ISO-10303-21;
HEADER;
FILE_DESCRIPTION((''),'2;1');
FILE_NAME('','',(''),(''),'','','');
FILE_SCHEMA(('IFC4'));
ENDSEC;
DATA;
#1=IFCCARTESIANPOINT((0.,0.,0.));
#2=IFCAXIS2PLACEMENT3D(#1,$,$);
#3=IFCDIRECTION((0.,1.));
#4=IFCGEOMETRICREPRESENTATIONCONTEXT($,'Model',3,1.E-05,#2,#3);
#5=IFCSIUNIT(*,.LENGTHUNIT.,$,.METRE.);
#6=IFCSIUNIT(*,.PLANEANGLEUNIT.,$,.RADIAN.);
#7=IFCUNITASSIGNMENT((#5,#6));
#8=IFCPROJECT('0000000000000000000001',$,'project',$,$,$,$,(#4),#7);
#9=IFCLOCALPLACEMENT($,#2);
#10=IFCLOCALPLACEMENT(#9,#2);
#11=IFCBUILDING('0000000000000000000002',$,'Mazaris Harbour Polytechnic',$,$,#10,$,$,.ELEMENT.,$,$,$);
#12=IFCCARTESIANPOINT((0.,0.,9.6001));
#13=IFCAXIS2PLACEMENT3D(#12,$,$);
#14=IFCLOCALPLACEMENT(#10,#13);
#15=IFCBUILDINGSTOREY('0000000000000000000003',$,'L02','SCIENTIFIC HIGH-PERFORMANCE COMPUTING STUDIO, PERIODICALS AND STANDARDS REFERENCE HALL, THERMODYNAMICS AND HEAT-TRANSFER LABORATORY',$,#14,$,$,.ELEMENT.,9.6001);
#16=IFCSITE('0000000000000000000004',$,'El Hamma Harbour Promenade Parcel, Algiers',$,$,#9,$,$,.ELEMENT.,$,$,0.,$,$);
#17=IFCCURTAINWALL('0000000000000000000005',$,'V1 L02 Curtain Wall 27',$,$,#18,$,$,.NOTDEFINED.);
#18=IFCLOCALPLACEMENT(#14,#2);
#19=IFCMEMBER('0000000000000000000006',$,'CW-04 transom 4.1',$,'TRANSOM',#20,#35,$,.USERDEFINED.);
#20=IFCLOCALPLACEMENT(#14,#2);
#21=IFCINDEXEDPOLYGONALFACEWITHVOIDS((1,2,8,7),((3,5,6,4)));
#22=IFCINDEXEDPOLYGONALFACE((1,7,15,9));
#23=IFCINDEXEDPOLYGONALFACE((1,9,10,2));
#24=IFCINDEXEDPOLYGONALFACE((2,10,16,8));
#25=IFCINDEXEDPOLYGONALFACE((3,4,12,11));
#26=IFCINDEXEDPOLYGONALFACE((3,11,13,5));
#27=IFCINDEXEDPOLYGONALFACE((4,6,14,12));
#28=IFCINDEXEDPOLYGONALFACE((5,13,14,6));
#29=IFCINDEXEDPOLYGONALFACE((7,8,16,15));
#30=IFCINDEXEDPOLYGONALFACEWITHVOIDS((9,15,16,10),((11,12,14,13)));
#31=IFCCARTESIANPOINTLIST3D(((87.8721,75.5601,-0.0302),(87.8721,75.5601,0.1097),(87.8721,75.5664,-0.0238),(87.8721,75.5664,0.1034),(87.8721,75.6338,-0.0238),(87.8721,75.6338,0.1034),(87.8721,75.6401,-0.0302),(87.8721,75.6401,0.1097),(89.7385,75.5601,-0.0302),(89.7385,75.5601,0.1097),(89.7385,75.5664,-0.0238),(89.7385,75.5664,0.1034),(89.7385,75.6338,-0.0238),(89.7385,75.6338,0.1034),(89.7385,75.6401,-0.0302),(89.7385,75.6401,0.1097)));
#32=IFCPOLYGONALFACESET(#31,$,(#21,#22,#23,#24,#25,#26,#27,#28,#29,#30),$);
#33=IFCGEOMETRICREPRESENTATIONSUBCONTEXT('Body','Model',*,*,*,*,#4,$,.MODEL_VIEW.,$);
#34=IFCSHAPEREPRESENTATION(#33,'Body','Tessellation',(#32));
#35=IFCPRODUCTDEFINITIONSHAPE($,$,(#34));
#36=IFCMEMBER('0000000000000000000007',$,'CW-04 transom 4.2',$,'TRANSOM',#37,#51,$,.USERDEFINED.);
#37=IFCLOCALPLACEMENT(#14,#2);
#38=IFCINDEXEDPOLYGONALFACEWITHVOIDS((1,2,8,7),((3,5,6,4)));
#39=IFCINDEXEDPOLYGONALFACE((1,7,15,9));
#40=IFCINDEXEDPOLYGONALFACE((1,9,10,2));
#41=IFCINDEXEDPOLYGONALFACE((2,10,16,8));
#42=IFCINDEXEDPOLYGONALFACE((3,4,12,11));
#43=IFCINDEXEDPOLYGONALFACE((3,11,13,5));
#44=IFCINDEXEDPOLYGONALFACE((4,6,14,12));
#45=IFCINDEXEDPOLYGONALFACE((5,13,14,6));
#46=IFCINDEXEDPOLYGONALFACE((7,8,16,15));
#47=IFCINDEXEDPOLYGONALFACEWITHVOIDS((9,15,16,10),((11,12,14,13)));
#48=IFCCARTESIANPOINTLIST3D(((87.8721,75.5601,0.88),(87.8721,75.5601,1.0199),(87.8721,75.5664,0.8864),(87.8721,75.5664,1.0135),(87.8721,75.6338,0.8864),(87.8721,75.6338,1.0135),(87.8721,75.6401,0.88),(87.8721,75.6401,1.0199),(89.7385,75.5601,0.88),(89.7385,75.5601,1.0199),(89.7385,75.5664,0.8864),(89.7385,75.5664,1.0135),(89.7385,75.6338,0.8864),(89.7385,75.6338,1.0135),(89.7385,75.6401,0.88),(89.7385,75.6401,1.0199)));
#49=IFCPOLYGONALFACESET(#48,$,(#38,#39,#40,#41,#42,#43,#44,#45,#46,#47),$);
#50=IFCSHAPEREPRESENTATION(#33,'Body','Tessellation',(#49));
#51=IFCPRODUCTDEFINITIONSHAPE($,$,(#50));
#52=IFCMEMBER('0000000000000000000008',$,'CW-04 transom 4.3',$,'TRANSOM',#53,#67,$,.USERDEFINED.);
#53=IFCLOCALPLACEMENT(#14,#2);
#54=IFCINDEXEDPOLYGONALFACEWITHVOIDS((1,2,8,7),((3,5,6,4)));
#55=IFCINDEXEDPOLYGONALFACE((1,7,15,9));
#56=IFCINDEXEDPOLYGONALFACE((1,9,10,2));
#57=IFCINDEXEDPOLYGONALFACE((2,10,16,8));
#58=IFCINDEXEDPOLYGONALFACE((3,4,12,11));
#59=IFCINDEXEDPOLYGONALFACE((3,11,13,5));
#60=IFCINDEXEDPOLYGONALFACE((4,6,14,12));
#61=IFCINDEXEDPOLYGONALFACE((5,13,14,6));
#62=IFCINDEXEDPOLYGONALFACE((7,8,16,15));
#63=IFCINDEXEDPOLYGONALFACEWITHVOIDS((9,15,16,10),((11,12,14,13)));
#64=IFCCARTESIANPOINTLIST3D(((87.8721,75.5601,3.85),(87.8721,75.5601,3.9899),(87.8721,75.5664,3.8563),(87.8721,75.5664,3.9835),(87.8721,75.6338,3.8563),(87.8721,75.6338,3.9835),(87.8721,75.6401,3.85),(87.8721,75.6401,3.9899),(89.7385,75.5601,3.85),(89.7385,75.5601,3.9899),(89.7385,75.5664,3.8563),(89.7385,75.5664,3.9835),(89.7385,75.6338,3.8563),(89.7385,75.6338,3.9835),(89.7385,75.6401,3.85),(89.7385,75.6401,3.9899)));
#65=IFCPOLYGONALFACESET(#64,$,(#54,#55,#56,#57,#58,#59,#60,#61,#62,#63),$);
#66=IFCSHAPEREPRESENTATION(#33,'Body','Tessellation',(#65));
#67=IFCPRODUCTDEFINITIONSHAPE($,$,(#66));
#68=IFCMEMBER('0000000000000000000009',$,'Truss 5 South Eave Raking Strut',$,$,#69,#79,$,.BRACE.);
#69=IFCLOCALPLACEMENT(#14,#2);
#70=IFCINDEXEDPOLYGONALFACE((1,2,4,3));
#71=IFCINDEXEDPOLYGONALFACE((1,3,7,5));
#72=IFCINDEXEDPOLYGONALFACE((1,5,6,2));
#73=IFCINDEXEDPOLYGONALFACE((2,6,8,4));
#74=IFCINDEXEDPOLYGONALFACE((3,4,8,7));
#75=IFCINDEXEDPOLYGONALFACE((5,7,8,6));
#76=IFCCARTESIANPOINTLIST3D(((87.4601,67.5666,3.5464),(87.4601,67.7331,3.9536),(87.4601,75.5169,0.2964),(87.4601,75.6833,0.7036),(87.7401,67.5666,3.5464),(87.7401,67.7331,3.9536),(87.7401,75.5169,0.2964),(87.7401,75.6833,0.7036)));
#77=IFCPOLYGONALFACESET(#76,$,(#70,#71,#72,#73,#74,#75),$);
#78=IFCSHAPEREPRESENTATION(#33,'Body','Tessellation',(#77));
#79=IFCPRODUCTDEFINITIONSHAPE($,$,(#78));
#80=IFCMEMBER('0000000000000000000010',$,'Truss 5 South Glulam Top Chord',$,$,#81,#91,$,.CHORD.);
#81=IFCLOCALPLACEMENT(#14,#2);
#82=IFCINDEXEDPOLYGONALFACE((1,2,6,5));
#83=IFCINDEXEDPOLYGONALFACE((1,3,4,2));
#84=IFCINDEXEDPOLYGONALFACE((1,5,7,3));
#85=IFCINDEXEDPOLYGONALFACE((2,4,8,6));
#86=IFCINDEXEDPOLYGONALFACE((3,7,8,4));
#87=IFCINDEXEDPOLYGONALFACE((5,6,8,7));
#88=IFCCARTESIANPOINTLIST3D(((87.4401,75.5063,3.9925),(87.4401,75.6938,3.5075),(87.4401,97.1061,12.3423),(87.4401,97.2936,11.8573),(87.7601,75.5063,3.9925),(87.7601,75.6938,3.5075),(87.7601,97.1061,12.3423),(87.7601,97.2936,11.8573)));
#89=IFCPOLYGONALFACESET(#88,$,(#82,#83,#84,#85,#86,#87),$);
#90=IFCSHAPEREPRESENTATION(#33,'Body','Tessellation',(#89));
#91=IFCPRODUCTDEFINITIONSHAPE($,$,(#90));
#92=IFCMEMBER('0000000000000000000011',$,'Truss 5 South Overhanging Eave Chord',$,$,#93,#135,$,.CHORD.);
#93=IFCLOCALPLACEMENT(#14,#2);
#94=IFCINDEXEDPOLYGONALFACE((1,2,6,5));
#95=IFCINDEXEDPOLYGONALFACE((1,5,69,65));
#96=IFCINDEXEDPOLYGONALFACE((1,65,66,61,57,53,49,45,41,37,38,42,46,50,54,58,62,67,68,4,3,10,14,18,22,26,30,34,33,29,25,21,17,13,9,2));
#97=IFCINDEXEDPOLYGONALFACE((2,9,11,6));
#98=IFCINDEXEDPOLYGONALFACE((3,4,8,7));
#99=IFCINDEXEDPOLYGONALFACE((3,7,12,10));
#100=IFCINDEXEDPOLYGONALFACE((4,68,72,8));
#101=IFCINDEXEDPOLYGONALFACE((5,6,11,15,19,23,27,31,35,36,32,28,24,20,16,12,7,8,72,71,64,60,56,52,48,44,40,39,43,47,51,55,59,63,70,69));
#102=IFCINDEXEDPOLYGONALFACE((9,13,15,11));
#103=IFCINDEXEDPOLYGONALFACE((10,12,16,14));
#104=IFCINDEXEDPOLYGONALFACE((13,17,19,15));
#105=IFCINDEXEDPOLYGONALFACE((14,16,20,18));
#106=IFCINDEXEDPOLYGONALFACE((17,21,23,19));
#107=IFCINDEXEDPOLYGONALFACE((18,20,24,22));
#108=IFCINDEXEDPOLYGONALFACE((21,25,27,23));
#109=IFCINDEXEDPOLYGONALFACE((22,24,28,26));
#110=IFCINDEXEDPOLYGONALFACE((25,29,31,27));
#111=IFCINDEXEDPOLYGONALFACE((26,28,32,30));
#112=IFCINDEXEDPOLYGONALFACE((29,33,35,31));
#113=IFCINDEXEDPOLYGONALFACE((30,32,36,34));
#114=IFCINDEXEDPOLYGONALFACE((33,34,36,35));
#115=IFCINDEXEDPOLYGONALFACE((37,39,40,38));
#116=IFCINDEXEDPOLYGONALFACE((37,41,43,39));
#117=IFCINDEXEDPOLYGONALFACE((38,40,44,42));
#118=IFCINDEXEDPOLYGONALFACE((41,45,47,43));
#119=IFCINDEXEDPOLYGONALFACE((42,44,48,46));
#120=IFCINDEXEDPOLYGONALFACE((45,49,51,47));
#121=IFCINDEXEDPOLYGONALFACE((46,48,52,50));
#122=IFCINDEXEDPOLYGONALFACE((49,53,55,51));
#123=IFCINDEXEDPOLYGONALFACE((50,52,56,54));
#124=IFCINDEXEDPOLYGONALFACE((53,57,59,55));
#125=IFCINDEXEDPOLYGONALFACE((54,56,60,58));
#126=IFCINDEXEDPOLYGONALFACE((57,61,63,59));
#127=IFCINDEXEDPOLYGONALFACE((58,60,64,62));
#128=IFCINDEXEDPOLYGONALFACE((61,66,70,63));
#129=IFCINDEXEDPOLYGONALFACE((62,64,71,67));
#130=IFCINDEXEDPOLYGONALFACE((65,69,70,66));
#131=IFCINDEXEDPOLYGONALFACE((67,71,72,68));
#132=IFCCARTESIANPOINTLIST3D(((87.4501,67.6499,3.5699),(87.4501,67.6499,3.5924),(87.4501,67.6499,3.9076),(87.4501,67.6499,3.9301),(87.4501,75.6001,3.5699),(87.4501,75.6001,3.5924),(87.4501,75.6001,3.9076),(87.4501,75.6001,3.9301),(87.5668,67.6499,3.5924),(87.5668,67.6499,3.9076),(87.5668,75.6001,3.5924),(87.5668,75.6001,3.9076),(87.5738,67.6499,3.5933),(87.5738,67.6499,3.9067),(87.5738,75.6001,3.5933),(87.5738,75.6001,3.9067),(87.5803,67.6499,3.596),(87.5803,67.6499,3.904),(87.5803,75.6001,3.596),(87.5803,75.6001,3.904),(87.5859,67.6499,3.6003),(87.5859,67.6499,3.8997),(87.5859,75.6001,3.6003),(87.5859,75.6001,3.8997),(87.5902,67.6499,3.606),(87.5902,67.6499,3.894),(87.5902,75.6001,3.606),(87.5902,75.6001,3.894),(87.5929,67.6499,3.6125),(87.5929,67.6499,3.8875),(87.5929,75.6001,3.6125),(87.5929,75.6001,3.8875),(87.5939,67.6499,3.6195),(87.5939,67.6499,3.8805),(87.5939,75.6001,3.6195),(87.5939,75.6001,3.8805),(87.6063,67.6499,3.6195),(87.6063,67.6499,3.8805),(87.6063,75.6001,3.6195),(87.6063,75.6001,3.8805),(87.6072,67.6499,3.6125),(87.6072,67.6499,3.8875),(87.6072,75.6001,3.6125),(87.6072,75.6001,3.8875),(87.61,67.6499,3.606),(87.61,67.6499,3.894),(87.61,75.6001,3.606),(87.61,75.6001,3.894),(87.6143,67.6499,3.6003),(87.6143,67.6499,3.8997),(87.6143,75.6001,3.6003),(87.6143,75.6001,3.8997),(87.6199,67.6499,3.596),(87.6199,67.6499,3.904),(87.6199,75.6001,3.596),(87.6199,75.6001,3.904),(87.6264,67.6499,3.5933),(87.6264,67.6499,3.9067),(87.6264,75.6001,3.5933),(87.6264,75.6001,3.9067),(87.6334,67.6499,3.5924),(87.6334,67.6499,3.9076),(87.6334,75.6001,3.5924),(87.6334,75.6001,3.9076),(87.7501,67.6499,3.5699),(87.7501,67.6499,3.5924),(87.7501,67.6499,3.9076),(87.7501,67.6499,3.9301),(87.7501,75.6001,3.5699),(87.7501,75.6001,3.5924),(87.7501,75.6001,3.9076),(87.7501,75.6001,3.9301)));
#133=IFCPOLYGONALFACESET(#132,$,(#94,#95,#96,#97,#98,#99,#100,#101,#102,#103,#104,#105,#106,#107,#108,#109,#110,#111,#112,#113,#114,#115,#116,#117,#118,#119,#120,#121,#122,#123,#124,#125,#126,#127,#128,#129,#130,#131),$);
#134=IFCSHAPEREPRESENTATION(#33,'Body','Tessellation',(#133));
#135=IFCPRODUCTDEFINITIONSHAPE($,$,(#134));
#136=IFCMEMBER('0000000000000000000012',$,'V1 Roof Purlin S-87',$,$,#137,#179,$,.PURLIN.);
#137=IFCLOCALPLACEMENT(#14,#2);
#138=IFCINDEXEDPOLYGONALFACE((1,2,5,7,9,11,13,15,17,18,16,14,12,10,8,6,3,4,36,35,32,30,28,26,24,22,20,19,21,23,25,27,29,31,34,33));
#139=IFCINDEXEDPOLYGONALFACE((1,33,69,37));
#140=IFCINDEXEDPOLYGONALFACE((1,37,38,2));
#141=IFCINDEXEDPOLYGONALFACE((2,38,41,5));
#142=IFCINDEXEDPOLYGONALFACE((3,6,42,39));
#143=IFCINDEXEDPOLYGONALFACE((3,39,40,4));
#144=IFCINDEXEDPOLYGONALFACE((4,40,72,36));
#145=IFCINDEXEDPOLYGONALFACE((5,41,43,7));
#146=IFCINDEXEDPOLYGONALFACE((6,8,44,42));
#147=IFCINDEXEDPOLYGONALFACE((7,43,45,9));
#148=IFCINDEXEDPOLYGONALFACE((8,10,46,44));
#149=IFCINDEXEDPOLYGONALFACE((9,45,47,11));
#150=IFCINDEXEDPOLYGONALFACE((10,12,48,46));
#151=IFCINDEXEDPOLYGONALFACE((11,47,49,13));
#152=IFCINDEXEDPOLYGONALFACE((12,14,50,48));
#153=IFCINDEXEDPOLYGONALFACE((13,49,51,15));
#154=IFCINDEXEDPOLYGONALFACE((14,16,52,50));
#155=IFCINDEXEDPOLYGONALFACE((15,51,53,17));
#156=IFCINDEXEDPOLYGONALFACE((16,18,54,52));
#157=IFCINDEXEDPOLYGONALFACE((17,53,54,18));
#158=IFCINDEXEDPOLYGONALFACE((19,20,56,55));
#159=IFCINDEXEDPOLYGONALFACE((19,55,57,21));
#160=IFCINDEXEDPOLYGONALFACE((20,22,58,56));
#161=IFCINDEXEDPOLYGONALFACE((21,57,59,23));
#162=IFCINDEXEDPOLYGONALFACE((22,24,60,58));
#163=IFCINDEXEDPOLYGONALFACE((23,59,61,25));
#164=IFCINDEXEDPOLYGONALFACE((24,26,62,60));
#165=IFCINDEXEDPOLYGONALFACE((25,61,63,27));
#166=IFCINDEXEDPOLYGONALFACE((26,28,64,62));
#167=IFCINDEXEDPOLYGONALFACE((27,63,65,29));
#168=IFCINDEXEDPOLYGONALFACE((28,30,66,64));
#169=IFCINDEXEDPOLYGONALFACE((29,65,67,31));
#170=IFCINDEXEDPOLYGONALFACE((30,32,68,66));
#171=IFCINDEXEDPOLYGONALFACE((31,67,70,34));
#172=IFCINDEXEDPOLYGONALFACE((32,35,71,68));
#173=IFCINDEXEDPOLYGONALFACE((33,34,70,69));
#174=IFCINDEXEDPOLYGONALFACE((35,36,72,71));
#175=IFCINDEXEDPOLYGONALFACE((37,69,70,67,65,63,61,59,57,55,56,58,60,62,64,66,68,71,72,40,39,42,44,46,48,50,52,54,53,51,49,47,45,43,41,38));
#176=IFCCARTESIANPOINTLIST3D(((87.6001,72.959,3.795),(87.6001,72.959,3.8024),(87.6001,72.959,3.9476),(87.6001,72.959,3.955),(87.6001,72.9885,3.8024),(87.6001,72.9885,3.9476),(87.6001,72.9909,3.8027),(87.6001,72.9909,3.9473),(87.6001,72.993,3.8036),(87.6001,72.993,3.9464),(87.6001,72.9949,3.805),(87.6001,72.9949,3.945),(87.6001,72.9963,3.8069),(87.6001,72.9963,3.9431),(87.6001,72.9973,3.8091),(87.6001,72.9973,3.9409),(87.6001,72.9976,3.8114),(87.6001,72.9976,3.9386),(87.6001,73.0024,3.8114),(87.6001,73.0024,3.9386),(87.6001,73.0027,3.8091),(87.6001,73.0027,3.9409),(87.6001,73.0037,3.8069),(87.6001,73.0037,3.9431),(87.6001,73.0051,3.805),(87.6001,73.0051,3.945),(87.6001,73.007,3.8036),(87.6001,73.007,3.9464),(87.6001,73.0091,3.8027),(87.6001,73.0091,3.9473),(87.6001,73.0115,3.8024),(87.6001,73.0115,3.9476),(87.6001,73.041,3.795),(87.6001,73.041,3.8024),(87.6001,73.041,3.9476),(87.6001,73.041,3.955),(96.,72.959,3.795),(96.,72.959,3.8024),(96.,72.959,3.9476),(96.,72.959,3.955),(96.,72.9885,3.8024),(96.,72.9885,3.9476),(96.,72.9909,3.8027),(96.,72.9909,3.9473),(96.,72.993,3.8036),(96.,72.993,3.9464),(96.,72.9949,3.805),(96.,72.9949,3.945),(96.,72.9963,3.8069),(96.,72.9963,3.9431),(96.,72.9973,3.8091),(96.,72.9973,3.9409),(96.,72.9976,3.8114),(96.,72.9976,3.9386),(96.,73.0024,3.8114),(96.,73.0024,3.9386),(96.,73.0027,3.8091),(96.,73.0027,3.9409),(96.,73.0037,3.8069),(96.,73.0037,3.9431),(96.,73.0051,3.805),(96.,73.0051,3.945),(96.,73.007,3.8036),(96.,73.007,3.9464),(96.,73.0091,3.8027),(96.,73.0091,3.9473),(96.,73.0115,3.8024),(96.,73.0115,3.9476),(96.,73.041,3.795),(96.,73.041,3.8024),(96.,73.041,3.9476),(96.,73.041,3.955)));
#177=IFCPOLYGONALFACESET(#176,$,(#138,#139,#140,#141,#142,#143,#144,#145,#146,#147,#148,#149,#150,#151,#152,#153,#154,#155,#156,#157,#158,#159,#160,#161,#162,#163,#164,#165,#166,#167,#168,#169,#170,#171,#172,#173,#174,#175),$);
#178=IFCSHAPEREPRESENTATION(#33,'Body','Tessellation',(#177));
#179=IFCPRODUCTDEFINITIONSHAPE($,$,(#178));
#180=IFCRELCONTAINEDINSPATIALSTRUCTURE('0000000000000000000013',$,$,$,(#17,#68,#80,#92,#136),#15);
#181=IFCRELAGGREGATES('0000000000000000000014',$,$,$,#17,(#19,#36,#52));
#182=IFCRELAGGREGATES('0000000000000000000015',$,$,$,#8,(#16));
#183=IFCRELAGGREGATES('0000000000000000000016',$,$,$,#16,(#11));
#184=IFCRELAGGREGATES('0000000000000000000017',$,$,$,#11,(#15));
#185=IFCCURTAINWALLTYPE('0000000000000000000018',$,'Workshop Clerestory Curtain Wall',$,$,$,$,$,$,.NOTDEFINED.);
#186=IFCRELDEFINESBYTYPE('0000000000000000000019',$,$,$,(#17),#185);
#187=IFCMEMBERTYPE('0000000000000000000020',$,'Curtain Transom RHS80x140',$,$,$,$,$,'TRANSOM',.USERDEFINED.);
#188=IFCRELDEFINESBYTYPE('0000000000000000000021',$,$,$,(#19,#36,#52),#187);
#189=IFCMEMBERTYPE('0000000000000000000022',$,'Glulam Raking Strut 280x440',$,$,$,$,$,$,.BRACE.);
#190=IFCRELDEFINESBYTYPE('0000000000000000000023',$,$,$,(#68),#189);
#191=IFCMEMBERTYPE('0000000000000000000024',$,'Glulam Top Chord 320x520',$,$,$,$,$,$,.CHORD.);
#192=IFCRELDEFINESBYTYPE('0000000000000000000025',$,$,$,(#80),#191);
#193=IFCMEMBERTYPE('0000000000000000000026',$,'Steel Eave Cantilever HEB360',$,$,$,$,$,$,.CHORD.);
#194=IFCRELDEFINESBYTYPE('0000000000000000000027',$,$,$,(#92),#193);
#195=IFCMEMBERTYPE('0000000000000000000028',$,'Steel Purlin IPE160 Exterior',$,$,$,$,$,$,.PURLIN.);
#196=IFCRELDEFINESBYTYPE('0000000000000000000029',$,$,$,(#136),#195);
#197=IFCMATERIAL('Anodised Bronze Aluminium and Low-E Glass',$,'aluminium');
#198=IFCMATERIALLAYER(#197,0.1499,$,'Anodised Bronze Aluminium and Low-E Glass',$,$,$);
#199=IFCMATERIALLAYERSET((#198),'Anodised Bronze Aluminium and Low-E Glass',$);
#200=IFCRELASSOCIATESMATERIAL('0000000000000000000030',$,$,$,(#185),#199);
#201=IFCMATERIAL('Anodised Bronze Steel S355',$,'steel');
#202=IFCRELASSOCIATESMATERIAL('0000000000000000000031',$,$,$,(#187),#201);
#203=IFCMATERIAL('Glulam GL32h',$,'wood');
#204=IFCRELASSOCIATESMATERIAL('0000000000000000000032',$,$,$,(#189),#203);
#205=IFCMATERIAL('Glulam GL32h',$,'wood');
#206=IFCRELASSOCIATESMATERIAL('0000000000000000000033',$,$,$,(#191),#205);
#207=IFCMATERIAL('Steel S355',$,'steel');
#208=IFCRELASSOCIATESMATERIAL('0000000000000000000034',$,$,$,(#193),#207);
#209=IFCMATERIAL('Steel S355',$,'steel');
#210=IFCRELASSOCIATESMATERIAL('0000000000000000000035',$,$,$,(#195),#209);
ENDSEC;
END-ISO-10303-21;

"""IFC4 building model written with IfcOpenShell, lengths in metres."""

from ifc_helpers import new_model, si_unit, direction, frame, origin, origin_2d, place, context, subcontext, project, spatial, rectangle, hollow_rectangle, i_section, extrude, material, layer, layer_set, material_profile, profile_set, type_object, element, aggregate, save


model = new_model("IFC4")

# Units and contexts
model_context = context("Model", 3, precision=1e-05, world=origin(), true_north=direction((0.0, 1.0)))
body_context = subcontext(model_context, "Body", "Model", "MODEL_VIEW")
ifc_project = project(units=[si_unit("LENGTHUNIT", "METRE"), si_unit("PLANEANGLEUNIT", "RADIAN")], contexts=[model_context])

# Site, building, storey
site_placement = place(None, origin())
site = spatial("IfcSite", under=ifc_project, at=site_placement, Name="El Hamma Harbour Promenade Parcel, Algiers", CompositionType="ELEMENT", RefElevation=0.0)
building_placement = place(site_placement, origin())
building = spatial("IfcBuilding", under=site, at=building_placement, Name="Mazaris Harbour Polytechnic", CompositionType="ELEMENT")
storey_placement = place(building_placement, frame((0.0, 0.0, 9.6001)))
storey = spatial("IfcBuildingStorey", under=building, at=storey_placement, Name="L02", Description="SCIENTIFIC HIGH-PERFORMANCE COMPUTING STUDIO, PERIODICALS AND STANDARDS REFERENCE HALL, THERMODYNAMICS AND HEAT-TRANSFER LABORATORY", CompositionType="ELEMENT", Elevation=9.6001)

# Curtain wall, members
ifc_material_1 = material(Name="Anodised Bronze Aluminium and Low-E Glass", Category="aluminium")
ifc_layer_1 = layer(ifc_material_1, 0.1499, Name="Anodised Bronze Aluminium and Low-E Glass")
ifc_layer_set_1 = layer_set([ifc_layer_1], Name="Anodised Bronze Aluminium and Low-E Glass")
curtain_wall_type = type_object("IfcCurtainWallType", Name="Workshop Clerestory Curtain Wall", PredefinedType="NOTDEFINED", material=ifc_layer_set_1)
curtain_wall_placement = place(storey_placement, origin())
curtain_wall = element("IfcCurtainWall", 1, at=curtain_wall_placement, inside=storey, type_object=curtain_wall_type, Name="V1 L02 Curtain Wall 27", PredefinedType="NOTDEFINED")
ifc_material_2 = material(Name="Anodised Bronze Steel S355", Category="steel")
ifc_material_profile_1 = material_profile(ifc_material_2, hollow_rectangle(XDim=0.0801, YDim=0.1399, WallThickness=0.0063, at=origin_2d()), Name="RHS 80x140x6.3")
ifc_profile_set_1 = profile_set([ifc_material_profile_1], Name="Anodised Bronze Steel S355")
member_type_1 = type_object("IfcMemberType", Name="Curtain Transom RHS80x140", ElementType="TRANSOM", PredefinedType="USERDEFINED", material=ifc_profile_set_1)
member_1_placement = place(storey_placement, frame((89.7385, 75.6001, 0.0398), z_axis=(-1.0, 0.0, 0.0), x_axis=(0.0, -1.0, 0.0)))
member_1 = element("IfcMember", 2, at=member_1_placement, type_object=member_type_1, Name="CW-04 transom 4.1", ObjectType="TRANSOM", PredefinedType="USERDEFINED", context=body_context, shape_type="SweptSolid", body=[
    extrude(hollow_rectangle(XDim=0.0801, YDim=0.1399, WallThickness=0.0063, at=origin_2d()), origin(), (0.0, 0.0, 1.0), 1.8665),
])
member_2_placement = place(storey_placement, frame((89.7385, 75.6001, 0.95), z_axis=(-1.0, 0.0, 0.0), x_axis=(0.0, -1.0, 0.0)))
member_2 = element("IfcMember", 3, at=member_2_placement, type_object=member_type_1, Name="CW-04 transom 4.2", ObjectType="TRANSOM", PredefinedType="USERDEFINED", context=body_context, shape_type="SweptSolid", body=[
    extrude(hollow_rectangle(XDim=0.0801, YDim=0.1399, WallThickness=0.0063, at=origin_2d()), origin(), (0.0, 0.0, 1.0), 1.8665),
])
member_3_placement = place(storey_placement, frame((89.7385, 75.6001, 3.9199), z_axis=(-1.0, 0.0, 0.0), x_axis=(0.0, -1.0, 0.0)))
member_3 = element("IfcMember", 4, at=member_3_placement, type_object=member_type_1, Name="CW-04 transom 4.3", ObjectType="TRANSOM", PredefinedType="USERDEFINED", context=body_context, shape_type="SweptSolid", body=[
    extrude(hollow_rectangle(XDim=0.0801, YDim=0.1399, WallThickness=0.0063, at=origin_2d()), origin(), (0.0, 0.0, 1.0), 1.8665),
])

# Members
ifc_material_3 = material(Name="Glulam GL32h", Category="wood")
ifc_material_profile_2 = material_profile(ifc_material_3, rectangle(XDim=0.28, YDim=0.4399, at=origin_2d()), Name="RECT280x440")
ifc_profile_set_2 = profile_set([ifc_material_profile_2], Name="Glulam GL32h")
member_type_2 = type_object("IfcMemberType", Name="Glulam Raking Strut 280x440", PredefinedType="BRACE", material=ifc_profile_set_2)
member_4_placement = place(storey_placement, frame((87.6001, 75.6001, 0.5), z_axis=(0.0, -0.925643, 0.378398), x_axis=(1.0, 0.0, 0.0)))
element("IfcMember", 5, at=member_4_placement, inside=storey, type_object=member_type_2, Name="Truss 5 South Eave Raking Strut", PredefinedType="BRACE", context=body_context, shape_type="SweptSolid", body=[
    extrude(rectangle(XDim=0.28, YDim=0.4399, at=origin_2d()), origin(), (0.0, 0.0, 1.0), 8.5889),
])
ifc_material_4 = material(Name="Glulam GL32h", Category="wood")
ifc_material_profile_3 = material_profile(ifc_material_4, rectangle(XDim=0.3201, YDim=0.52, at=origin_2d()), Name="RECT320x520")
ifc_profile_set_3 = profile_set([ifc_material_profile_3], Name="Glulam GL32h")
member_type_3 = type_object("IfcMemberType", Name="Glulam Top Chord 320x520", PredefinedType="CHORD", material=ifc_profile_set_3)
member_5_placement = place(storey_placement, frame((87.6001, 75.6001, 3.75), z_axis=(0.0, 0.932733, 0.360567), x_axis=(-1.0, 0.0, 0.0)))
element("IfcMember", 6, at=member_5_placement, inside=storey, type_object=member_type_3, Name="Truss 5 South Glulam Top Chord", PredefinedType="CHORD", context=body_context, shape_type="SweptSolid", body=[
    extrude(rectangle(XDim=0.3201, YDim=0.52, at=origin_2d()), origin(), (0.0, 0.0, 1.0), 23.1575),
])
ifc_material_5 = material(Name="Steel S355", Category="steel")
ifc_material_profile_4 = material_profile(ifc_material_5, i_section(OverallWidth=0.3, OverallDepth=0.3601, WebThickness=0.0125, FlangeThickness=0.0225, FilletRadius=0.0271, at=origin_2d()), Name="HEB 360")
ifc_profile_set_4 = profile_set([ifc_material_profile_4], Name="Steel S355")
member_type_4 = type_object("IfcMemberType", Name="Steel Eave Cantilever HEB360", PredefinedType="CHORD", material=ifc_profile_set_4)
member_6_placement = place(storey_placement, frame((87.6001, 75.6001, 3.75), z_axis=(0.0, -1.0, 0.0), x_axis=(1.0, 0.0, 0.0)))
element("IfcMember", 7, at=member_6_placement, inside=storey, type_object=member_type_4, Name="Truss 5 South Overhanging Eave Chord", PredefinedType="CHORD", context=body_context, shape_type="SweptSolid", body=[
    extrude(i_section(OverallWidth=0.3, OverallDepth=0.3601, WebThickness=0.0125, FlangeThickness=0.0225, FilletRadius=0.0271, at=origin_2d()), origin(), (0.0, 0.0, 1.0), 7.9502),
])
ifc_material_6 = material(Name="Steel S355", Category="steel")
ifc_material_profile_5 = material_profile(ifc_material_6, i_section(OverallWidth=0.082, OverallDepth=0.1599, WebThickness=0.0049, FlangeThickness=0.0073, FilletRadius=0.009, at=origin_2d()), Name="IPE 160")
ifc_profile_set_5 = profile_set([ifc_material_profile_5], Name="Steel S355")
member_type_5 = type_object("IfcMemberType", Name="Steel Purlin IPE160 Exterior", PredefinedType="PURLIN", material=ifc_profile_set_5)
member_7_placement = place(storey_placement, frame((87.6001, 73.0, 3.875), z_axis=(1.0, 0.0, 0.0), x_axis=(0.0, 1.0, 0.0)))
element("IfcMember", 8, at=member_7_placement, inside=storey, type_object=member_type_5, Name="V1 Roof Purlin S-87", PredefinedType="PURLIN", context=body_context, shape_type="SweptSolid", body=[
    extrude(i_section(OverallWidth=0.082, OverallDepth=0.1599, WebThickness=0.0049, FlangeThickness=0.0073, FilletRadius=0.009, at=origin_2d()), origin(), (0.0, 0.0, 1.0), 8.3999),
])

aggregate(curtain_wall, [member_1, member_2, member_3])

save(model, "model.ifc")
